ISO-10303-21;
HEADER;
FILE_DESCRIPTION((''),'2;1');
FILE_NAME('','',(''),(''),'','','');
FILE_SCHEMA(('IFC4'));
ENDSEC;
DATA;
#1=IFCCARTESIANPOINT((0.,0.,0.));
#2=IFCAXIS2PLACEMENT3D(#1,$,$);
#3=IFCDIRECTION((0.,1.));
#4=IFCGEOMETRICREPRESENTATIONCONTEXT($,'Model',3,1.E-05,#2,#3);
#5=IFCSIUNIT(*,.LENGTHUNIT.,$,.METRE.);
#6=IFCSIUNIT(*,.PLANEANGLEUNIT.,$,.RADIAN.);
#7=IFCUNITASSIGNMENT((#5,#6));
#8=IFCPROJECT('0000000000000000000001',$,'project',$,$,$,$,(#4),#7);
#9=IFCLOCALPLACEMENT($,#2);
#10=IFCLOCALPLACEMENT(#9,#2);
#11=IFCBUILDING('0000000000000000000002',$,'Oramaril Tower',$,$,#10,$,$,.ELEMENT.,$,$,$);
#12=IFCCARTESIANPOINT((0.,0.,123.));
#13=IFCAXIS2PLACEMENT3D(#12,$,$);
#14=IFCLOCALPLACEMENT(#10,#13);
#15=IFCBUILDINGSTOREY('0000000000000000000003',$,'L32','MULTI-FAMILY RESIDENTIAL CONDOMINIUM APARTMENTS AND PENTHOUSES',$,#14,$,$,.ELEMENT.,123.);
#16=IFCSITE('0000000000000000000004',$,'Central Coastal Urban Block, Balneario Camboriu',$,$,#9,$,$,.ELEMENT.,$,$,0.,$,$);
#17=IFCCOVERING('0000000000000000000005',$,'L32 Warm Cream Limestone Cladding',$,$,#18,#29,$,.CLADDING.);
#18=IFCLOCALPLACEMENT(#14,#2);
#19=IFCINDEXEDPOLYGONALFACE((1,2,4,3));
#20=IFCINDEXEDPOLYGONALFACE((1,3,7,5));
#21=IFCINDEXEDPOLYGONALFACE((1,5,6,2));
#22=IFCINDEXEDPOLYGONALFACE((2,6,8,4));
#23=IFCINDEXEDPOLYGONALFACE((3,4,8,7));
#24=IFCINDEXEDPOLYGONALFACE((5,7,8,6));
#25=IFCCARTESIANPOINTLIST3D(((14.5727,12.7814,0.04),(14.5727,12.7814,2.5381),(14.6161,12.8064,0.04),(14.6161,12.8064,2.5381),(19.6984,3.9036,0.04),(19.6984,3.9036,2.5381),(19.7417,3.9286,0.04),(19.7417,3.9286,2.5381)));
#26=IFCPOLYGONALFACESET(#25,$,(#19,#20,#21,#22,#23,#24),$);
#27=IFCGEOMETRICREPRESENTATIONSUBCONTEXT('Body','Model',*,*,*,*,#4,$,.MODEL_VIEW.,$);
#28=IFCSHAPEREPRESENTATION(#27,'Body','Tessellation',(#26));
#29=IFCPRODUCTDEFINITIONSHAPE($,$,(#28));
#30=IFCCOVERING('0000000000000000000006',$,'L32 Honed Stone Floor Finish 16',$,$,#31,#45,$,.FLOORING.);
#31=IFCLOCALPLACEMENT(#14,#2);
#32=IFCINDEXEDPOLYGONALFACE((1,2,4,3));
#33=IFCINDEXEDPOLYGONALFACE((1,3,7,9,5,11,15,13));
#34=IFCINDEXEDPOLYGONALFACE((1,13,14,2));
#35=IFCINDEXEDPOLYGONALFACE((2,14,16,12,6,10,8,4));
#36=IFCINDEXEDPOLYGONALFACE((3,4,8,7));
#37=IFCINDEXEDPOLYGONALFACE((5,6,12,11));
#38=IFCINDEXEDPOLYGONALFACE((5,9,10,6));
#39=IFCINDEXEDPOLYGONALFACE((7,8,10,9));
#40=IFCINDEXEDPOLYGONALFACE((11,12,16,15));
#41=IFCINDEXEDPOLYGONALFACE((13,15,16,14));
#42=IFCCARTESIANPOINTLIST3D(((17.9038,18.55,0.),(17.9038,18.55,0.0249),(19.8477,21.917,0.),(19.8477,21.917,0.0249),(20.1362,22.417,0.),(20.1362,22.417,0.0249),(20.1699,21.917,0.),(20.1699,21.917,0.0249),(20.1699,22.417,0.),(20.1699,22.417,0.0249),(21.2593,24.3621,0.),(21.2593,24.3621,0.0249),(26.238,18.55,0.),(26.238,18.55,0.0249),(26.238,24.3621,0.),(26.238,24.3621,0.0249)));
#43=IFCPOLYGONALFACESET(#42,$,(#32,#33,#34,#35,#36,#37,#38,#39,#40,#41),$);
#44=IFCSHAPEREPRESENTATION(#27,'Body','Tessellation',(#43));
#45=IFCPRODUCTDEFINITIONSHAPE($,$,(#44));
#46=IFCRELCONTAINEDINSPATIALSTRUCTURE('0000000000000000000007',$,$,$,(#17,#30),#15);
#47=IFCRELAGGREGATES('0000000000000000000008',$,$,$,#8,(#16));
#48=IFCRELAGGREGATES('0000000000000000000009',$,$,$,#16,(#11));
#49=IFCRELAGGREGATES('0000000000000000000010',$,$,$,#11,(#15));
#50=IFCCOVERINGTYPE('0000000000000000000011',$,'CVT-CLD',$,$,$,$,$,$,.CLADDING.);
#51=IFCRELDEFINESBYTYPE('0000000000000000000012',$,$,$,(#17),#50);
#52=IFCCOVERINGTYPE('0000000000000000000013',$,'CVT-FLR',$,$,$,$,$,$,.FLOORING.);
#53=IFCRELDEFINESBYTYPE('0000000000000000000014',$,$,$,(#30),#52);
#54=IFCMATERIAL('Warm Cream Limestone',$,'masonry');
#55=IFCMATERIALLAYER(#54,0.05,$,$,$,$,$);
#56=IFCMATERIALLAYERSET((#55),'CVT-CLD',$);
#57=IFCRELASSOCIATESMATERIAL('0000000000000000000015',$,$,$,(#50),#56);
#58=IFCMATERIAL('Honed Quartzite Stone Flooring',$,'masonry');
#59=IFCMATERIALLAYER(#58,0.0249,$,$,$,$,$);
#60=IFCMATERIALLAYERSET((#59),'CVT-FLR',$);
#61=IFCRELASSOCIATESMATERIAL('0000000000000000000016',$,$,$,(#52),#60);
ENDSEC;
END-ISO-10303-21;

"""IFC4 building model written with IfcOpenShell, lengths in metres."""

from ifc_helpers import new_model, si_unit, direction, frame, origin, origin_2d, place, context, subcontext, project, spatial, polyline, rectangle, outline, extrude, material, layer, layer_set, type_object, element, save


model = new_model("IFC4")

# Units and contexts
model_context = context("Model", 3, precision=1e-05, world=origin(), true_north=direction((0.0, 1.0)))
body_context = subcontext(model_context, "Body", "Model", "MODEL_VIEW")
ifc_project = project(units=[si_unit("LENGTHUNIT", "METRE"), si_unit("PLANEANGLEUNIT", "RADIAN")], contexts=[model_context])

# Site, building, storey
site_placement = place(None, origin())
site = spatial("IfcSite", under=ifc_project, at=site_placement, Name="Central Coastal Urban Block, Balneario Camboriu", CompositionType="ELEMENT", RefElevation=0.0)
building_placement = place(site_placement, origin())
building = spatial("IfcBuilding", under=site, at=building_placement, Name="Oramaril Tower", CompositionType="ELEMENT")
storey_placement = place(building_placement, frame((0.0, 0.0, 123.0)))
storey = spatial("IfcBuildingStorey", under=building, at=storey_placement, Name="L32", Description="MULTI-FAMILY RESIDENTIAL CONDOMINIUM APARTMENTS AND PENTHOUSES", CompositionType="ELEMENT", Elevation=123.0)

# Coverings
ifc_material_1 = material(Name="Warm Cream Limestone", Category="masonry")
ifc_layer_1 = layer(ifc_material_1, 0.05)
ifc_layer_set_1 = layer_set([ifc_layer_1], Name="CVT-CLD")
covering_type_1 = type_object("IfcCoveringType", Name="CVT-CLD", PredefinedType="CLADDING", material=ifc_layer_set_1)
covering_1_placement = place(storey_placement, frame((17.1572, 8.355, 0.04), z_axis=(0.0, 0.0, 1.0), x_axis=(0.500003, -0.866024, 0.0)))
element("IfcCovering", 1, at=covering_1_placement, inside=storey, type_object=covering_type_1, Name="L32 Warm Cream Limestone Cladding", PredefinedType="CLADDING", context=body_context, shape_type="SweptSolid", body=[
    extrude(rectangle(XDim=10.2512, YDim=0.05, at=origin_2d()), origin(), (0.0, 0.0, 1.0), 2.498),
])
ifc_material_2 = material(Name="Honed Quartzite Stone Flooring", Category="masonry")
ifc_layer_2 = layer(ifc_material_2, 0.0249)
ifc_layer_set_2 = layer_set([ifc_layer_2], Name="CVT-FLR")
covering_type_2 = type_object("IfcCoveringType", Name="CVT-FLR", PredefinedType="FLOORING", material=ifc_layer_set_2)
covering_2_placement = place(storey_placement, origin())
element("IfcCovering", 2, at=covering_2_placement, inside=storey, type_object=covering_type_2, Name="L32 Honed Stone Floor Finish 16", PredefinedType="FLOORING", context=body_context, shape_type="SweptSolid", body=[
    extrude(outline(polyline([(19.8477, 21.917), (20.1699, 21.917), (20.1699, 22.417), (20.1362, 22.417), (21.2593, 24.3621), (26.238, 24.3621), (26.238, 18.55), (17.9038, 18.55), (19.8477, 21.917)])), origin(), (0.0, 0.0, 1.0), 0.0249),
])

save(model, "model.ifc")
